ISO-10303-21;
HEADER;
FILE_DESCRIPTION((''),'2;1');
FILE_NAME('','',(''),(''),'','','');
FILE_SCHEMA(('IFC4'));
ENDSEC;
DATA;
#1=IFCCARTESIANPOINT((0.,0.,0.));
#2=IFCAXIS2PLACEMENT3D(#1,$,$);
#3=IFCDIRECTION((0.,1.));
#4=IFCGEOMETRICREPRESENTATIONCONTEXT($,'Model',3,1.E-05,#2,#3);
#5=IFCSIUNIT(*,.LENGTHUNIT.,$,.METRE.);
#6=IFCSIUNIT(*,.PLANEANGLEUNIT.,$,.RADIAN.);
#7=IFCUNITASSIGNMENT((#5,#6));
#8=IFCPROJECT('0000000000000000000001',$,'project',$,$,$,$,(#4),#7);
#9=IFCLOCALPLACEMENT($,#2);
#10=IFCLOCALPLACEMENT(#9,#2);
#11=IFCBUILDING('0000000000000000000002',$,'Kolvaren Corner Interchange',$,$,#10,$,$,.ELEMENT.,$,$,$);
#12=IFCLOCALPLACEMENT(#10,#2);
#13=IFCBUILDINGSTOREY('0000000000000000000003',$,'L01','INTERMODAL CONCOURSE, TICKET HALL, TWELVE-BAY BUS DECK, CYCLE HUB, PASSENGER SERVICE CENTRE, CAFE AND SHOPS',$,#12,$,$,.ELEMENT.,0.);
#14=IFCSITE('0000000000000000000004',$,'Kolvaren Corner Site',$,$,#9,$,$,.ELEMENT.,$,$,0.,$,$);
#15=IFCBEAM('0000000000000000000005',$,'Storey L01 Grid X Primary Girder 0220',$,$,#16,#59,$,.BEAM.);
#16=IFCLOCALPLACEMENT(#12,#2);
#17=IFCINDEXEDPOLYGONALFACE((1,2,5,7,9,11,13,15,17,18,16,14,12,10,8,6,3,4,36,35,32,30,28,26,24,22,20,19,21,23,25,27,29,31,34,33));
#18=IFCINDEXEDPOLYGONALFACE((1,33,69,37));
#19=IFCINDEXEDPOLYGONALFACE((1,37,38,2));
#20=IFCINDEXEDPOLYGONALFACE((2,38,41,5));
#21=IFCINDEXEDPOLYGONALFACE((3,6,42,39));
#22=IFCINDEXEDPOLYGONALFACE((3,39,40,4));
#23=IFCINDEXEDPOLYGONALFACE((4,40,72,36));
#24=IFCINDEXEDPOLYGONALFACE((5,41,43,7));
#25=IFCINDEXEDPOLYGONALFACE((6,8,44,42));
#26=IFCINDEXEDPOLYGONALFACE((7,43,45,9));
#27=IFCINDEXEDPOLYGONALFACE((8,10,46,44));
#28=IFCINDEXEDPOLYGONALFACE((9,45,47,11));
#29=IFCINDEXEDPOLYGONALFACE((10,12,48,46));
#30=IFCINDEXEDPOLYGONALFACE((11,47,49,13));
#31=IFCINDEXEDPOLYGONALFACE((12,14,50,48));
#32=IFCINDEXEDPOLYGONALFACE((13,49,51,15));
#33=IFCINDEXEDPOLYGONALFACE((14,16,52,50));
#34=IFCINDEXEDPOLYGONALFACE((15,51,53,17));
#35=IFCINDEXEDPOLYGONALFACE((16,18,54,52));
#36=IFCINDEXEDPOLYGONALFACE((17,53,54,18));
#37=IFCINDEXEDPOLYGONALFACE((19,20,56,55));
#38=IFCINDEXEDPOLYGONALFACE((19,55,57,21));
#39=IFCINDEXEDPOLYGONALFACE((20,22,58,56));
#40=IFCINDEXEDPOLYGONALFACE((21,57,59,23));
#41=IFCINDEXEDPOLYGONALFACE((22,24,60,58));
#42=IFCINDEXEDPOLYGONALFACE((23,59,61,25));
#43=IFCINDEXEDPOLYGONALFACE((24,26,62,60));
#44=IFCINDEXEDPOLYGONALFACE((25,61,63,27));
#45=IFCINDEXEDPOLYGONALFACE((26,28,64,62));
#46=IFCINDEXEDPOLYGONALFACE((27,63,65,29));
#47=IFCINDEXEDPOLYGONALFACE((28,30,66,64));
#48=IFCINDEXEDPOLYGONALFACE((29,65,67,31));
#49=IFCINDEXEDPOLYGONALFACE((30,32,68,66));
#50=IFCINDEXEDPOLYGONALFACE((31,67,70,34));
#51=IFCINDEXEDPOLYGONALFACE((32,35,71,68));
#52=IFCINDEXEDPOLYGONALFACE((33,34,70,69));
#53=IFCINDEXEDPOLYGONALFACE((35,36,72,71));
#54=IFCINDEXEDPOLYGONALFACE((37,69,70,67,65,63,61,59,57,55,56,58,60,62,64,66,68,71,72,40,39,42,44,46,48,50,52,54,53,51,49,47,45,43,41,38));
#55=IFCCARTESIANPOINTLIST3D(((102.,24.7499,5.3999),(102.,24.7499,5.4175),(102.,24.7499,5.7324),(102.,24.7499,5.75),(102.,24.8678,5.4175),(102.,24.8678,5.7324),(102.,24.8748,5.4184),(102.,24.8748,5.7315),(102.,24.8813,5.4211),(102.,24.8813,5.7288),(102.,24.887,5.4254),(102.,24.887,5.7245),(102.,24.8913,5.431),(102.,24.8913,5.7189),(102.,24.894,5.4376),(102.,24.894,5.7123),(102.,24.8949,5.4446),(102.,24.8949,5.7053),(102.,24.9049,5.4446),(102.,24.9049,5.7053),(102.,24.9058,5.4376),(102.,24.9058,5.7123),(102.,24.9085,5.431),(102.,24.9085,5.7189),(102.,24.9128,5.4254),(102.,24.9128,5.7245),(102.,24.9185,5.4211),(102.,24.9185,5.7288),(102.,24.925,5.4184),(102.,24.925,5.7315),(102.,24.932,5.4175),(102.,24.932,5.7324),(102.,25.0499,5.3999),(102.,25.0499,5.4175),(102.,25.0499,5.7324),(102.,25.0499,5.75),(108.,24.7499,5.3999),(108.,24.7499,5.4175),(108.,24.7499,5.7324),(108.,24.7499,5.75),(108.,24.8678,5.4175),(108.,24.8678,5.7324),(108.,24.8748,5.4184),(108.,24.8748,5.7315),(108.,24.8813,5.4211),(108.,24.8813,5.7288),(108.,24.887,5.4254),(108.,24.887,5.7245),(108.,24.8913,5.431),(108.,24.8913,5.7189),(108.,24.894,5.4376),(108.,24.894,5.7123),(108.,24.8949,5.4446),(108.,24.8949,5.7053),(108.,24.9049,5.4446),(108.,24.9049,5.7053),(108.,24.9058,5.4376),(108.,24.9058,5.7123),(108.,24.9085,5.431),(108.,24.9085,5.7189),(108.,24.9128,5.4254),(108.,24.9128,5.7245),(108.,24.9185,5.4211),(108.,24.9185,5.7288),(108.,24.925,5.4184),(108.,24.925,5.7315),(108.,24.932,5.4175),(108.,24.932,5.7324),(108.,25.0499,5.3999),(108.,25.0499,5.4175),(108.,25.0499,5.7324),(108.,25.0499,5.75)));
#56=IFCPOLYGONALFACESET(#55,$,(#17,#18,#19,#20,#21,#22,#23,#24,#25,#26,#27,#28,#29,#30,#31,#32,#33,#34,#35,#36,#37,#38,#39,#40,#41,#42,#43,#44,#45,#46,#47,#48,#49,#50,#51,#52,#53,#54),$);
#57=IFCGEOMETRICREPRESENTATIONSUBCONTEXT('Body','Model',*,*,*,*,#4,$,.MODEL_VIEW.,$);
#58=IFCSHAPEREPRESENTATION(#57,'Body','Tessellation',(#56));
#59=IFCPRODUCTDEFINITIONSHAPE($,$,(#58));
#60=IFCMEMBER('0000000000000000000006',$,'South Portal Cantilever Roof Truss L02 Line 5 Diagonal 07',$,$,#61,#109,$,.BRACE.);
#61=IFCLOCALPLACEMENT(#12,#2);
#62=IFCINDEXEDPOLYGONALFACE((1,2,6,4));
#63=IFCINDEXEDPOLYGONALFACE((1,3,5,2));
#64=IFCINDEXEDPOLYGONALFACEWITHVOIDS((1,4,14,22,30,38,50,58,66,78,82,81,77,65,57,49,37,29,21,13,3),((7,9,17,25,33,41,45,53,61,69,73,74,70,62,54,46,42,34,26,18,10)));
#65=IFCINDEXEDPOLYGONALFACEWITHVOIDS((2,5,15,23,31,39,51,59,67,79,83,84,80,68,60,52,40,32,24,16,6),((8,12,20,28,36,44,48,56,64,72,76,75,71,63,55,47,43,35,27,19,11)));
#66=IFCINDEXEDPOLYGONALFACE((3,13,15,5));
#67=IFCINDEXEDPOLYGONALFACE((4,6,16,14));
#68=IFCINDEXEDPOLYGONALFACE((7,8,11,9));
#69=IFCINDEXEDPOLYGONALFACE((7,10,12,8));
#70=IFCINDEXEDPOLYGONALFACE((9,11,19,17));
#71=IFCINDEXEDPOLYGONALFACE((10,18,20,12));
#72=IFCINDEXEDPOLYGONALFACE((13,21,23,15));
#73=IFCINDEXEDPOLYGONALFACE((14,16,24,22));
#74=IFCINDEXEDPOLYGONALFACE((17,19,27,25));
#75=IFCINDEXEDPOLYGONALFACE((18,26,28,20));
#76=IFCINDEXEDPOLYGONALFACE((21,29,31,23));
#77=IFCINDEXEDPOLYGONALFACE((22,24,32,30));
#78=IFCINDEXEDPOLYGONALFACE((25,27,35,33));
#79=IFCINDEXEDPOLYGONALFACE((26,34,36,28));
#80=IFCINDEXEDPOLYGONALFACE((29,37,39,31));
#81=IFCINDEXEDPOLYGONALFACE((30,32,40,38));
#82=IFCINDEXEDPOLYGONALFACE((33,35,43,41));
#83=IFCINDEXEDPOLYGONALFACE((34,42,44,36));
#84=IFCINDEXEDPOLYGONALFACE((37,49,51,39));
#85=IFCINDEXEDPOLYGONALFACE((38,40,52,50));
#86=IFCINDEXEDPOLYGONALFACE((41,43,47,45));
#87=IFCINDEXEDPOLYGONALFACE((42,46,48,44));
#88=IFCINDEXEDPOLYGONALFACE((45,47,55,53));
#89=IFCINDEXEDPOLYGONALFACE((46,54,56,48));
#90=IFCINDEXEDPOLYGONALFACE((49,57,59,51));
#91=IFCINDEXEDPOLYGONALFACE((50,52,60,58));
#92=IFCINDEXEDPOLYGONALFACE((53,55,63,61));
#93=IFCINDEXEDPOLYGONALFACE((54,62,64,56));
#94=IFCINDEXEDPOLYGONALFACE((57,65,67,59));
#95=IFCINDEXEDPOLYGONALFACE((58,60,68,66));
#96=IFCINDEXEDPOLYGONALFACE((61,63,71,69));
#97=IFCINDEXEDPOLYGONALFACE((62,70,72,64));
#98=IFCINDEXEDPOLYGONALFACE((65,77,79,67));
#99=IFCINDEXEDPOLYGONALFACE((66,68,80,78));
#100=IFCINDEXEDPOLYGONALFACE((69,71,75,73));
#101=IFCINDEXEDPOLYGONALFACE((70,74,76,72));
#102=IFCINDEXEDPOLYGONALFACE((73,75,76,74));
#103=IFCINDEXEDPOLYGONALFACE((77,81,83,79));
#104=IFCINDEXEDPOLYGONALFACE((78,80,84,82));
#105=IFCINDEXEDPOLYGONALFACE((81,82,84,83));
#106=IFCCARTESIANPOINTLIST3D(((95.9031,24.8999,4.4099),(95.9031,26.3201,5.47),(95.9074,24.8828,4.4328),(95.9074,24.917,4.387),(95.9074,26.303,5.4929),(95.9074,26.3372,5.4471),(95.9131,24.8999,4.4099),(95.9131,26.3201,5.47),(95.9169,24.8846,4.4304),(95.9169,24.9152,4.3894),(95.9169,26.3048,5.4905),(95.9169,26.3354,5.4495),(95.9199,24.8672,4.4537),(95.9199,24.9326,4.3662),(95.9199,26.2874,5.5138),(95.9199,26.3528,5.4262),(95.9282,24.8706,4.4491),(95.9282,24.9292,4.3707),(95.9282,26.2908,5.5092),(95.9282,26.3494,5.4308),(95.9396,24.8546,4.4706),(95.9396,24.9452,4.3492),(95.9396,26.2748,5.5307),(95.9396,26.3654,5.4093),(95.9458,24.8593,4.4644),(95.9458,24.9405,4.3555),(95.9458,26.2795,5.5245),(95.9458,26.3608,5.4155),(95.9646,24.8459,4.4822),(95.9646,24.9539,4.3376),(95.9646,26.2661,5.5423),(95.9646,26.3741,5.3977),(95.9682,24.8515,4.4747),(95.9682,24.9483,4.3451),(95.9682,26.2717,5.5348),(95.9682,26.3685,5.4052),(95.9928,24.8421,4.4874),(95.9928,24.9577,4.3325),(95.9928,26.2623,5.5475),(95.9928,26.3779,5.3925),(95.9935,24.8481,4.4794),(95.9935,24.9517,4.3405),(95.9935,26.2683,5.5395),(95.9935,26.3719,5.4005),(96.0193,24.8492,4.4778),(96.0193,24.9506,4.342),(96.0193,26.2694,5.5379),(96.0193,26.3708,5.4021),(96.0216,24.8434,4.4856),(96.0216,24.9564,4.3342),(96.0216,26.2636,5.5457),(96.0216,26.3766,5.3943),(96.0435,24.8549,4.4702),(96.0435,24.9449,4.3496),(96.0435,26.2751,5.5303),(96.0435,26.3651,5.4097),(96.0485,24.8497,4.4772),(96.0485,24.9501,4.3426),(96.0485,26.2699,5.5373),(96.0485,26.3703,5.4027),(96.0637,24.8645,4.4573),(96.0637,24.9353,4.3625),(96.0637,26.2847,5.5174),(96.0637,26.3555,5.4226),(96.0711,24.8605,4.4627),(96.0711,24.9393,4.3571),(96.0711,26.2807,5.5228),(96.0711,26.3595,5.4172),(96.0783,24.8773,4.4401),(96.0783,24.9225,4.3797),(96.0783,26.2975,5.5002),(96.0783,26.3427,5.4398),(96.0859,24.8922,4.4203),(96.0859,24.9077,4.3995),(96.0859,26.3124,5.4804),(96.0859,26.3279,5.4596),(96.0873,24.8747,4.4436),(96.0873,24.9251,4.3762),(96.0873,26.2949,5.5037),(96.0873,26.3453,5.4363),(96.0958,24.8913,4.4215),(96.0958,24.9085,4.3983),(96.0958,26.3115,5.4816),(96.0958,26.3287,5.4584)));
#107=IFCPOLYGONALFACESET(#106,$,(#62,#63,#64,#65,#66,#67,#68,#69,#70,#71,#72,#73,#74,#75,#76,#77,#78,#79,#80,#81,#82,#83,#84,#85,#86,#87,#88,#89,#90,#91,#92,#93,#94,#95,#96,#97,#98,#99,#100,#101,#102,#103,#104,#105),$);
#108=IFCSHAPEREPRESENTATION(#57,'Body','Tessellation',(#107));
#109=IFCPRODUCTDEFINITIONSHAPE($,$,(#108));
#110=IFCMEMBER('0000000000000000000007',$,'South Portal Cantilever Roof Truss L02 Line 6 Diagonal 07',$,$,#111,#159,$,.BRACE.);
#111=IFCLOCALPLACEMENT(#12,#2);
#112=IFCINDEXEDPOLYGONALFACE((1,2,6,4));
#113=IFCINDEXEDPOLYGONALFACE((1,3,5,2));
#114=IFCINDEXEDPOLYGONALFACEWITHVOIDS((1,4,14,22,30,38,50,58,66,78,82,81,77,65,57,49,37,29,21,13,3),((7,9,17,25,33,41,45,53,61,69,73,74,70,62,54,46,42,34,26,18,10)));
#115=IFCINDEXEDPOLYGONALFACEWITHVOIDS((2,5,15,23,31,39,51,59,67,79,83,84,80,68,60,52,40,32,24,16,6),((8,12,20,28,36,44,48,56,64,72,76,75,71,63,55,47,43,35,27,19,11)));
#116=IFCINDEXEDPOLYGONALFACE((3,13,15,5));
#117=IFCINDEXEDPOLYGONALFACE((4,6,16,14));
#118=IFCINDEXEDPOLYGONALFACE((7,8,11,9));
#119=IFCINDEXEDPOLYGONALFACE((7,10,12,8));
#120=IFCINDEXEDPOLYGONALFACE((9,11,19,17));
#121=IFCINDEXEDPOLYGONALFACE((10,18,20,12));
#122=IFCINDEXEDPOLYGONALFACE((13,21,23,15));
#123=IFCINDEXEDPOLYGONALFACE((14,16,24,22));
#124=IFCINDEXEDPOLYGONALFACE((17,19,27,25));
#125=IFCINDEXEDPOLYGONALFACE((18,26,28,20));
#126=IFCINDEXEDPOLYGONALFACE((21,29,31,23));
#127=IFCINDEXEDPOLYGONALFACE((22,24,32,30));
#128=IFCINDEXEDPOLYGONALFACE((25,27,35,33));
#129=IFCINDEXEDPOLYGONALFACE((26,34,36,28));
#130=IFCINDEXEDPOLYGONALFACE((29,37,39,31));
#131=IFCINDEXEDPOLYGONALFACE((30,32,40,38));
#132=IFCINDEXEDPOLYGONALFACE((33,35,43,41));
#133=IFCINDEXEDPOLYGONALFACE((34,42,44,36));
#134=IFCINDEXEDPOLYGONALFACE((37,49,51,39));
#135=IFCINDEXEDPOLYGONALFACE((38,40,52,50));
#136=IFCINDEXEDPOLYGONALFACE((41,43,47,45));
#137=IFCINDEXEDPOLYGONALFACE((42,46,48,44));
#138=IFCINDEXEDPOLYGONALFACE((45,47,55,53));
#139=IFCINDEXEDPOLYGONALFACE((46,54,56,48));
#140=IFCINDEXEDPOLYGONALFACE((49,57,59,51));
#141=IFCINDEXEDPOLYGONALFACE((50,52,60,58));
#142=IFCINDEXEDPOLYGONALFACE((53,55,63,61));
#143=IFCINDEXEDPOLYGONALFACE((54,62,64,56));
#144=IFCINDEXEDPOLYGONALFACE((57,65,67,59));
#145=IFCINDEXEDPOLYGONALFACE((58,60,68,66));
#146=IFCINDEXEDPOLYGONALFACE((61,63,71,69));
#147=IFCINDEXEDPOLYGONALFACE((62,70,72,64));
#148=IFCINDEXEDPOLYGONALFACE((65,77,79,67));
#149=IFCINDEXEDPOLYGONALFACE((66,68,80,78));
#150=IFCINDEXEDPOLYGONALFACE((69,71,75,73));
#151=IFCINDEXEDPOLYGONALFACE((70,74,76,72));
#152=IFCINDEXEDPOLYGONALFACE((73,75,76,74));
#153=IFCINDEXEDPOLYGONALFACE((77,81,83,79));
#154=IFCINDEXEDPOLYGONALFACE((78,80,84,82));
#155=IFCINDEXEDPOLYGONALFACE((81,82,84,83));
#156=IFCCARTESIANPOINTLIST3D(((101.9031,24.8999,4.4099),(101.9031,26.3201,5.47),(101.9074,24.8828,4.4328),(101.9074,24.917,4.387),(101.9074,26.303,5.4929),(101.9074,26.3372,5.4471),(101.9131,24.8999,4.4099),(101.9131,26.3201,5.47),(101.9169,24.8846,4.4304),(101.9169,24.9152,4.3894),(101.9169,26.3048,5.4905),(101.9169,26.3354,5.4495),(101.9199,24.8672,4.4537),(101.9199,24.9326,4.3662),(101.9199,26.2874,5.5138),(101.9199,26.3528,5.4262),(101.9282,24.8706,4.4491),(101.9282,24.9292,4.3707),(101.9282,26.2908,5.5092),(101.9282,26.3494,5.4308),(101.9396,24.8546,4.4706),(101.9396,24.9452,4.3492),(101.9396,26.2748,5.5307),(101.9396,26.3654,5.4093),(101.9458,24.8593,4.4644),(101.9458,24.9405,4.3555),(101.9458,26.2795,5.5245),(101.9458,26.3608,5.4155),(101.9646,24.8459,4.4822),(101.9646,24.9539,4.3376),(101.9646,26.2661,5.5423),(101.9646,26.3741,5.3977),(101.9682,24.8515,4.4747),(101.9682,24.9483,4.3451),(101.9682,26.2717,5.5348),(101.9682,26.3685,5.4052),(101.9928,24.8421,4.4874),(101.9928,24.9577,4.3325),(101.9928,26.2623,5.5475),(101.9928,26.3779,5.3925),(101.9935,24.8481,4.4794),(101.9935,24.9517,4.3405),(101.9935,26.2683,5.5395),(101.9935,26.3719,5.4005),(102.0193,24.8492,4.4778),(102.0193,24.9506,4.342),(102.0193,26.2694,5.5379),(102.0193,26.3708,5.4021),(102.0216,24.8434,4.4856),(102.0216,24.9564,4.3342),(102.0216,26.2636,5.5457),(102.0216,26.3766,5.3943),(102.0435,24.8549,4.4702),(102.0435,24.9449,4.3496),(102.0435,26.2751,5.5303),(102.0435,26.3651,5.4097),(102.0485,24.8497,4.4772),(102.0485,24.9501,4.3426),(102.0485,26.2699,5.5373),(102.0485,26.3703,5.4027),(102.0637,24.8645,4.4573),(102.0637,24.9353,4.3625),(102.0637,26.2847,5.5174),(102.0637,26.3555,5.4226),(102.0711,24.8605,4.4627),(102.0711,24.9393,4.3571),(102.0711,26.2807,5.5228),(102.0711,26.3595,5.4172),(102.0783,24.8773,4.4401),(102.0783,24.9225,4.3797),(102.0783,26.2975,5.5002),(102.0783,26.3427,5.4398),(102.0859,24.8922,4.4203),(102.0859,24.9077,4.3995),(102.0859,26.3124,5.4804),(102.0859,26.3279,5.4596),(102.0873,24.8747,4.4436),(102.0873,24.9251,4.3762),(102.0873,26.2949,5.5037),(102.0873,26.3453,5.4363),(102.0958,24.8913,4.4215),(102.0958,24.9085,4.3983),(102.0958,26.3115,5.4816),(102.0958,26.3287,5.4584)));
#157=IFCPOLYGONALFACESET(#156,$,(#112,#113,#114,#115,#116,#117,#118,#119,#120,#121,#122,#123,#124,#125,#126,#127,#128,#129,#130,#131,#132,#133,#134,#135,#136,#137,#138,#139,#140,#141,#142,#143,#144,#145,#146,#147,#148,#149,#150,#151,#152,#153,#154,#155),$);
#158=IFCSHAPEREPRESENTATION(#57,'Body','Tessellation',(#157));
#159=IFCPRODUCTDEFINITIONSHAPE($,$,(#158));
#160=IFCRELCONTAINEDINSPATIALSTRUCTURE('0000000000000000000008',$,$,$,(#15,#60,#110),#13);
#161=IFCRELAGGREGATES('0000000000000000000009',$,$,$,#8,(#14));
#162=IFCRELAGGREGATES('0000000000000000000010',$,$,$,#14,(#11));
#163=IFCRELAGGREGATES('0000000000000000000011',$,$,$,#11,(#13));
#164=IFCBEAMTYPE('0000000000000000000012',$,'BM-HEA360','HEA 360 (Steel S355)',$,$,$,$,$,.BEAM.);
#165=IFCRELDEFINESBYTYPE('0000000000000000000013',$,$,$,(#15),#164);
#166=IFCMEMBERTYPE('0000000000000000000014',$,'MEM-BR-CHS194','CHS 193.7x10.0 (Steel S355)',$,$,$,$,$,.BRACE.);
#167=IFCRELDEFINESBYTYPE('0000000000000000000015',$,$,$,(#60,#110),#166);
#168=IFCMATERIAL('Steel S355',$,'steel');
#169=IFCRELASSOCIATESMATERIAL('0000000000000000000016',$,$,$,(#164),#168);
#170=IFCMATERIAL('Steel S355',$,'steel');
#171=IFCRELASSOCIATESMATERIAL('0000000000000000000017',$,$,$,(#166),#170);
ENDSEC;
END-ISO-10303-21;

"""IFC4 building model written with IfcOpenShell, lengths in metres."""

from ifc_helpers import new_model, si_unit, direction, frame, origin, origin_2d, place, context, subcontext, project, spatial, hollow_circle, i_section, extrude, material, material_profile, profile_set, type_object, element, save


model = new_model("IFC4")

# Units and contexts
model_context = context("Model", 3, precision=1e-05, world=origin(), true_north=direction((0.0, 1.0)))
body_context = subcontext(model_context, "Body", "Model", "MODEL_VIEW")
ifc_project = project(units=[si_unit("LENGTHUNIT", "METRE"), si_unit("PLANEANGLEUNIT", "RADIAN")], contexts=[model_context])

# Site, building, storey
site_placement = place(None, origin())
site = spatial("IfcSite", under=ifc_project, at=site_placement, Name="Kolvaren Corner Site", CompositionType="ELEMENT", RefElevation=0.0)
building_placement = place(site_placement, origin())
building = spatial("IfcBuilding", under=site, at=building_placement, Name="Kolvaren Corner Interchange", CompositionType="ELEMENT")
storey_placement = place(building_placement, origin())
storey = spatial("IfcBuildingStorey", under=building, at=storey_placement, Name="L01", Description="INTERMODAL CONCOURSE, TICKET HALL, TWELVE-BAY BUS DECK, CYCLE HUB, PASSENGER SERVICE CENTRE, CAFE AND SHOPS", CompositionType="ELEMENT", Elevation=0.0)

# Beam
ifc_material_1 = material(Name="Steel S355", Category="steel")
ifc_material_profile_1 = material_profile(ifc_material_1, i_section(OverallWidth=0.3, OverallDepth=0.3501, WebThickness=0.01, FlangeThickness=0.0176, FilletRadius=0.0271, at=origin_2d()), Name="HEA 360")
ifc_profile_set_1 = profile_set([ifc_material_profile_1], Name="Steel S355")
beam_type = type_object("IfcBeamType", Name="BM-HEA360", Description="HEA 360 (Steel S355)", PredefinedType="BEAM", material=ifc_profile_set_1)
for number, where, z_axis, x_axis, name in (
    (1, (102.0, 24.8999, 5.575), (1.0, 0.0, 0.0), (0.0, 1.0, 0.0), "Storey L01 Grid X Primary Girder 0220"),
):
    element("IfcBeam", number, at=place(storey_placement, frame(where, z_axis=z_axis, x_axis=x_axis)), inside=storey, type_object=beam_type, Name=name, PredefinedType="BEAM", context=body_context, shape_type="SweptSolid", body=[
        extrude(i_section(OverallWidth=0.3, OverallDepth=0.3501, WebThickness=0.01, FlangeThickness=0.0176, FilletRadius=0.0271, at=origin_2d()), origin(), (0.0, 0.0, 1.0), 6.0),
    ])

# Members
ifc_material_2 = material(Name="Steel S355", Category="steel")
ifc_material_profile_2 = material_profile(ifc_material_2, hollow_circle(Radius=0.0969, WallThickness=0.01, at=origin_2d()), Name="CHS 193.7x10.0")
ifc_profile_set_2 = profile_set([ifc_material_profile_2], Name="Steel S355")
member_type_1 = type_object("IfcMemberType", Name="MEM-BR-CHS194", Description="CHS 193.7x10.0 (Steel S355)", PredefinedType="BRACE", material=ifc_profile_set_2)
for number, where, z_axis, x_axis, name in (
    (2, (96.0, 24.8999, 4.4099), (0.0, 0.80137, 0.598169), (-1.0, 0.0, 0.0), "South Portal Cantilever Roof Truss L02 Line 5 Diagonal 07"),
    (3, (102.0, 24.8999, 4.4099), (0.0, 0.80137, 0.598169), (-1.0, 0.0, 0.0), "South Portal Cantilever Roof Truss L02 Line 6 Diagonal 07"),
):
    element("IfcMember", number, at=place(storey_placement, frame(where, z_axis=z_axis, x_axis=x_axis)), inside=storey, type_object=member_type_1, Name=name, PredefinedType="BRACE", context=body_context, shape_type="SweptSolid", body=[
        extrude(hollow_circle(Radius=0.0969, WallThickness=0.01, at=origin_2d()), origin(), (0.0, 0.0, 1.0), 1.7722),
    ])

save(model, "model.ifc")
